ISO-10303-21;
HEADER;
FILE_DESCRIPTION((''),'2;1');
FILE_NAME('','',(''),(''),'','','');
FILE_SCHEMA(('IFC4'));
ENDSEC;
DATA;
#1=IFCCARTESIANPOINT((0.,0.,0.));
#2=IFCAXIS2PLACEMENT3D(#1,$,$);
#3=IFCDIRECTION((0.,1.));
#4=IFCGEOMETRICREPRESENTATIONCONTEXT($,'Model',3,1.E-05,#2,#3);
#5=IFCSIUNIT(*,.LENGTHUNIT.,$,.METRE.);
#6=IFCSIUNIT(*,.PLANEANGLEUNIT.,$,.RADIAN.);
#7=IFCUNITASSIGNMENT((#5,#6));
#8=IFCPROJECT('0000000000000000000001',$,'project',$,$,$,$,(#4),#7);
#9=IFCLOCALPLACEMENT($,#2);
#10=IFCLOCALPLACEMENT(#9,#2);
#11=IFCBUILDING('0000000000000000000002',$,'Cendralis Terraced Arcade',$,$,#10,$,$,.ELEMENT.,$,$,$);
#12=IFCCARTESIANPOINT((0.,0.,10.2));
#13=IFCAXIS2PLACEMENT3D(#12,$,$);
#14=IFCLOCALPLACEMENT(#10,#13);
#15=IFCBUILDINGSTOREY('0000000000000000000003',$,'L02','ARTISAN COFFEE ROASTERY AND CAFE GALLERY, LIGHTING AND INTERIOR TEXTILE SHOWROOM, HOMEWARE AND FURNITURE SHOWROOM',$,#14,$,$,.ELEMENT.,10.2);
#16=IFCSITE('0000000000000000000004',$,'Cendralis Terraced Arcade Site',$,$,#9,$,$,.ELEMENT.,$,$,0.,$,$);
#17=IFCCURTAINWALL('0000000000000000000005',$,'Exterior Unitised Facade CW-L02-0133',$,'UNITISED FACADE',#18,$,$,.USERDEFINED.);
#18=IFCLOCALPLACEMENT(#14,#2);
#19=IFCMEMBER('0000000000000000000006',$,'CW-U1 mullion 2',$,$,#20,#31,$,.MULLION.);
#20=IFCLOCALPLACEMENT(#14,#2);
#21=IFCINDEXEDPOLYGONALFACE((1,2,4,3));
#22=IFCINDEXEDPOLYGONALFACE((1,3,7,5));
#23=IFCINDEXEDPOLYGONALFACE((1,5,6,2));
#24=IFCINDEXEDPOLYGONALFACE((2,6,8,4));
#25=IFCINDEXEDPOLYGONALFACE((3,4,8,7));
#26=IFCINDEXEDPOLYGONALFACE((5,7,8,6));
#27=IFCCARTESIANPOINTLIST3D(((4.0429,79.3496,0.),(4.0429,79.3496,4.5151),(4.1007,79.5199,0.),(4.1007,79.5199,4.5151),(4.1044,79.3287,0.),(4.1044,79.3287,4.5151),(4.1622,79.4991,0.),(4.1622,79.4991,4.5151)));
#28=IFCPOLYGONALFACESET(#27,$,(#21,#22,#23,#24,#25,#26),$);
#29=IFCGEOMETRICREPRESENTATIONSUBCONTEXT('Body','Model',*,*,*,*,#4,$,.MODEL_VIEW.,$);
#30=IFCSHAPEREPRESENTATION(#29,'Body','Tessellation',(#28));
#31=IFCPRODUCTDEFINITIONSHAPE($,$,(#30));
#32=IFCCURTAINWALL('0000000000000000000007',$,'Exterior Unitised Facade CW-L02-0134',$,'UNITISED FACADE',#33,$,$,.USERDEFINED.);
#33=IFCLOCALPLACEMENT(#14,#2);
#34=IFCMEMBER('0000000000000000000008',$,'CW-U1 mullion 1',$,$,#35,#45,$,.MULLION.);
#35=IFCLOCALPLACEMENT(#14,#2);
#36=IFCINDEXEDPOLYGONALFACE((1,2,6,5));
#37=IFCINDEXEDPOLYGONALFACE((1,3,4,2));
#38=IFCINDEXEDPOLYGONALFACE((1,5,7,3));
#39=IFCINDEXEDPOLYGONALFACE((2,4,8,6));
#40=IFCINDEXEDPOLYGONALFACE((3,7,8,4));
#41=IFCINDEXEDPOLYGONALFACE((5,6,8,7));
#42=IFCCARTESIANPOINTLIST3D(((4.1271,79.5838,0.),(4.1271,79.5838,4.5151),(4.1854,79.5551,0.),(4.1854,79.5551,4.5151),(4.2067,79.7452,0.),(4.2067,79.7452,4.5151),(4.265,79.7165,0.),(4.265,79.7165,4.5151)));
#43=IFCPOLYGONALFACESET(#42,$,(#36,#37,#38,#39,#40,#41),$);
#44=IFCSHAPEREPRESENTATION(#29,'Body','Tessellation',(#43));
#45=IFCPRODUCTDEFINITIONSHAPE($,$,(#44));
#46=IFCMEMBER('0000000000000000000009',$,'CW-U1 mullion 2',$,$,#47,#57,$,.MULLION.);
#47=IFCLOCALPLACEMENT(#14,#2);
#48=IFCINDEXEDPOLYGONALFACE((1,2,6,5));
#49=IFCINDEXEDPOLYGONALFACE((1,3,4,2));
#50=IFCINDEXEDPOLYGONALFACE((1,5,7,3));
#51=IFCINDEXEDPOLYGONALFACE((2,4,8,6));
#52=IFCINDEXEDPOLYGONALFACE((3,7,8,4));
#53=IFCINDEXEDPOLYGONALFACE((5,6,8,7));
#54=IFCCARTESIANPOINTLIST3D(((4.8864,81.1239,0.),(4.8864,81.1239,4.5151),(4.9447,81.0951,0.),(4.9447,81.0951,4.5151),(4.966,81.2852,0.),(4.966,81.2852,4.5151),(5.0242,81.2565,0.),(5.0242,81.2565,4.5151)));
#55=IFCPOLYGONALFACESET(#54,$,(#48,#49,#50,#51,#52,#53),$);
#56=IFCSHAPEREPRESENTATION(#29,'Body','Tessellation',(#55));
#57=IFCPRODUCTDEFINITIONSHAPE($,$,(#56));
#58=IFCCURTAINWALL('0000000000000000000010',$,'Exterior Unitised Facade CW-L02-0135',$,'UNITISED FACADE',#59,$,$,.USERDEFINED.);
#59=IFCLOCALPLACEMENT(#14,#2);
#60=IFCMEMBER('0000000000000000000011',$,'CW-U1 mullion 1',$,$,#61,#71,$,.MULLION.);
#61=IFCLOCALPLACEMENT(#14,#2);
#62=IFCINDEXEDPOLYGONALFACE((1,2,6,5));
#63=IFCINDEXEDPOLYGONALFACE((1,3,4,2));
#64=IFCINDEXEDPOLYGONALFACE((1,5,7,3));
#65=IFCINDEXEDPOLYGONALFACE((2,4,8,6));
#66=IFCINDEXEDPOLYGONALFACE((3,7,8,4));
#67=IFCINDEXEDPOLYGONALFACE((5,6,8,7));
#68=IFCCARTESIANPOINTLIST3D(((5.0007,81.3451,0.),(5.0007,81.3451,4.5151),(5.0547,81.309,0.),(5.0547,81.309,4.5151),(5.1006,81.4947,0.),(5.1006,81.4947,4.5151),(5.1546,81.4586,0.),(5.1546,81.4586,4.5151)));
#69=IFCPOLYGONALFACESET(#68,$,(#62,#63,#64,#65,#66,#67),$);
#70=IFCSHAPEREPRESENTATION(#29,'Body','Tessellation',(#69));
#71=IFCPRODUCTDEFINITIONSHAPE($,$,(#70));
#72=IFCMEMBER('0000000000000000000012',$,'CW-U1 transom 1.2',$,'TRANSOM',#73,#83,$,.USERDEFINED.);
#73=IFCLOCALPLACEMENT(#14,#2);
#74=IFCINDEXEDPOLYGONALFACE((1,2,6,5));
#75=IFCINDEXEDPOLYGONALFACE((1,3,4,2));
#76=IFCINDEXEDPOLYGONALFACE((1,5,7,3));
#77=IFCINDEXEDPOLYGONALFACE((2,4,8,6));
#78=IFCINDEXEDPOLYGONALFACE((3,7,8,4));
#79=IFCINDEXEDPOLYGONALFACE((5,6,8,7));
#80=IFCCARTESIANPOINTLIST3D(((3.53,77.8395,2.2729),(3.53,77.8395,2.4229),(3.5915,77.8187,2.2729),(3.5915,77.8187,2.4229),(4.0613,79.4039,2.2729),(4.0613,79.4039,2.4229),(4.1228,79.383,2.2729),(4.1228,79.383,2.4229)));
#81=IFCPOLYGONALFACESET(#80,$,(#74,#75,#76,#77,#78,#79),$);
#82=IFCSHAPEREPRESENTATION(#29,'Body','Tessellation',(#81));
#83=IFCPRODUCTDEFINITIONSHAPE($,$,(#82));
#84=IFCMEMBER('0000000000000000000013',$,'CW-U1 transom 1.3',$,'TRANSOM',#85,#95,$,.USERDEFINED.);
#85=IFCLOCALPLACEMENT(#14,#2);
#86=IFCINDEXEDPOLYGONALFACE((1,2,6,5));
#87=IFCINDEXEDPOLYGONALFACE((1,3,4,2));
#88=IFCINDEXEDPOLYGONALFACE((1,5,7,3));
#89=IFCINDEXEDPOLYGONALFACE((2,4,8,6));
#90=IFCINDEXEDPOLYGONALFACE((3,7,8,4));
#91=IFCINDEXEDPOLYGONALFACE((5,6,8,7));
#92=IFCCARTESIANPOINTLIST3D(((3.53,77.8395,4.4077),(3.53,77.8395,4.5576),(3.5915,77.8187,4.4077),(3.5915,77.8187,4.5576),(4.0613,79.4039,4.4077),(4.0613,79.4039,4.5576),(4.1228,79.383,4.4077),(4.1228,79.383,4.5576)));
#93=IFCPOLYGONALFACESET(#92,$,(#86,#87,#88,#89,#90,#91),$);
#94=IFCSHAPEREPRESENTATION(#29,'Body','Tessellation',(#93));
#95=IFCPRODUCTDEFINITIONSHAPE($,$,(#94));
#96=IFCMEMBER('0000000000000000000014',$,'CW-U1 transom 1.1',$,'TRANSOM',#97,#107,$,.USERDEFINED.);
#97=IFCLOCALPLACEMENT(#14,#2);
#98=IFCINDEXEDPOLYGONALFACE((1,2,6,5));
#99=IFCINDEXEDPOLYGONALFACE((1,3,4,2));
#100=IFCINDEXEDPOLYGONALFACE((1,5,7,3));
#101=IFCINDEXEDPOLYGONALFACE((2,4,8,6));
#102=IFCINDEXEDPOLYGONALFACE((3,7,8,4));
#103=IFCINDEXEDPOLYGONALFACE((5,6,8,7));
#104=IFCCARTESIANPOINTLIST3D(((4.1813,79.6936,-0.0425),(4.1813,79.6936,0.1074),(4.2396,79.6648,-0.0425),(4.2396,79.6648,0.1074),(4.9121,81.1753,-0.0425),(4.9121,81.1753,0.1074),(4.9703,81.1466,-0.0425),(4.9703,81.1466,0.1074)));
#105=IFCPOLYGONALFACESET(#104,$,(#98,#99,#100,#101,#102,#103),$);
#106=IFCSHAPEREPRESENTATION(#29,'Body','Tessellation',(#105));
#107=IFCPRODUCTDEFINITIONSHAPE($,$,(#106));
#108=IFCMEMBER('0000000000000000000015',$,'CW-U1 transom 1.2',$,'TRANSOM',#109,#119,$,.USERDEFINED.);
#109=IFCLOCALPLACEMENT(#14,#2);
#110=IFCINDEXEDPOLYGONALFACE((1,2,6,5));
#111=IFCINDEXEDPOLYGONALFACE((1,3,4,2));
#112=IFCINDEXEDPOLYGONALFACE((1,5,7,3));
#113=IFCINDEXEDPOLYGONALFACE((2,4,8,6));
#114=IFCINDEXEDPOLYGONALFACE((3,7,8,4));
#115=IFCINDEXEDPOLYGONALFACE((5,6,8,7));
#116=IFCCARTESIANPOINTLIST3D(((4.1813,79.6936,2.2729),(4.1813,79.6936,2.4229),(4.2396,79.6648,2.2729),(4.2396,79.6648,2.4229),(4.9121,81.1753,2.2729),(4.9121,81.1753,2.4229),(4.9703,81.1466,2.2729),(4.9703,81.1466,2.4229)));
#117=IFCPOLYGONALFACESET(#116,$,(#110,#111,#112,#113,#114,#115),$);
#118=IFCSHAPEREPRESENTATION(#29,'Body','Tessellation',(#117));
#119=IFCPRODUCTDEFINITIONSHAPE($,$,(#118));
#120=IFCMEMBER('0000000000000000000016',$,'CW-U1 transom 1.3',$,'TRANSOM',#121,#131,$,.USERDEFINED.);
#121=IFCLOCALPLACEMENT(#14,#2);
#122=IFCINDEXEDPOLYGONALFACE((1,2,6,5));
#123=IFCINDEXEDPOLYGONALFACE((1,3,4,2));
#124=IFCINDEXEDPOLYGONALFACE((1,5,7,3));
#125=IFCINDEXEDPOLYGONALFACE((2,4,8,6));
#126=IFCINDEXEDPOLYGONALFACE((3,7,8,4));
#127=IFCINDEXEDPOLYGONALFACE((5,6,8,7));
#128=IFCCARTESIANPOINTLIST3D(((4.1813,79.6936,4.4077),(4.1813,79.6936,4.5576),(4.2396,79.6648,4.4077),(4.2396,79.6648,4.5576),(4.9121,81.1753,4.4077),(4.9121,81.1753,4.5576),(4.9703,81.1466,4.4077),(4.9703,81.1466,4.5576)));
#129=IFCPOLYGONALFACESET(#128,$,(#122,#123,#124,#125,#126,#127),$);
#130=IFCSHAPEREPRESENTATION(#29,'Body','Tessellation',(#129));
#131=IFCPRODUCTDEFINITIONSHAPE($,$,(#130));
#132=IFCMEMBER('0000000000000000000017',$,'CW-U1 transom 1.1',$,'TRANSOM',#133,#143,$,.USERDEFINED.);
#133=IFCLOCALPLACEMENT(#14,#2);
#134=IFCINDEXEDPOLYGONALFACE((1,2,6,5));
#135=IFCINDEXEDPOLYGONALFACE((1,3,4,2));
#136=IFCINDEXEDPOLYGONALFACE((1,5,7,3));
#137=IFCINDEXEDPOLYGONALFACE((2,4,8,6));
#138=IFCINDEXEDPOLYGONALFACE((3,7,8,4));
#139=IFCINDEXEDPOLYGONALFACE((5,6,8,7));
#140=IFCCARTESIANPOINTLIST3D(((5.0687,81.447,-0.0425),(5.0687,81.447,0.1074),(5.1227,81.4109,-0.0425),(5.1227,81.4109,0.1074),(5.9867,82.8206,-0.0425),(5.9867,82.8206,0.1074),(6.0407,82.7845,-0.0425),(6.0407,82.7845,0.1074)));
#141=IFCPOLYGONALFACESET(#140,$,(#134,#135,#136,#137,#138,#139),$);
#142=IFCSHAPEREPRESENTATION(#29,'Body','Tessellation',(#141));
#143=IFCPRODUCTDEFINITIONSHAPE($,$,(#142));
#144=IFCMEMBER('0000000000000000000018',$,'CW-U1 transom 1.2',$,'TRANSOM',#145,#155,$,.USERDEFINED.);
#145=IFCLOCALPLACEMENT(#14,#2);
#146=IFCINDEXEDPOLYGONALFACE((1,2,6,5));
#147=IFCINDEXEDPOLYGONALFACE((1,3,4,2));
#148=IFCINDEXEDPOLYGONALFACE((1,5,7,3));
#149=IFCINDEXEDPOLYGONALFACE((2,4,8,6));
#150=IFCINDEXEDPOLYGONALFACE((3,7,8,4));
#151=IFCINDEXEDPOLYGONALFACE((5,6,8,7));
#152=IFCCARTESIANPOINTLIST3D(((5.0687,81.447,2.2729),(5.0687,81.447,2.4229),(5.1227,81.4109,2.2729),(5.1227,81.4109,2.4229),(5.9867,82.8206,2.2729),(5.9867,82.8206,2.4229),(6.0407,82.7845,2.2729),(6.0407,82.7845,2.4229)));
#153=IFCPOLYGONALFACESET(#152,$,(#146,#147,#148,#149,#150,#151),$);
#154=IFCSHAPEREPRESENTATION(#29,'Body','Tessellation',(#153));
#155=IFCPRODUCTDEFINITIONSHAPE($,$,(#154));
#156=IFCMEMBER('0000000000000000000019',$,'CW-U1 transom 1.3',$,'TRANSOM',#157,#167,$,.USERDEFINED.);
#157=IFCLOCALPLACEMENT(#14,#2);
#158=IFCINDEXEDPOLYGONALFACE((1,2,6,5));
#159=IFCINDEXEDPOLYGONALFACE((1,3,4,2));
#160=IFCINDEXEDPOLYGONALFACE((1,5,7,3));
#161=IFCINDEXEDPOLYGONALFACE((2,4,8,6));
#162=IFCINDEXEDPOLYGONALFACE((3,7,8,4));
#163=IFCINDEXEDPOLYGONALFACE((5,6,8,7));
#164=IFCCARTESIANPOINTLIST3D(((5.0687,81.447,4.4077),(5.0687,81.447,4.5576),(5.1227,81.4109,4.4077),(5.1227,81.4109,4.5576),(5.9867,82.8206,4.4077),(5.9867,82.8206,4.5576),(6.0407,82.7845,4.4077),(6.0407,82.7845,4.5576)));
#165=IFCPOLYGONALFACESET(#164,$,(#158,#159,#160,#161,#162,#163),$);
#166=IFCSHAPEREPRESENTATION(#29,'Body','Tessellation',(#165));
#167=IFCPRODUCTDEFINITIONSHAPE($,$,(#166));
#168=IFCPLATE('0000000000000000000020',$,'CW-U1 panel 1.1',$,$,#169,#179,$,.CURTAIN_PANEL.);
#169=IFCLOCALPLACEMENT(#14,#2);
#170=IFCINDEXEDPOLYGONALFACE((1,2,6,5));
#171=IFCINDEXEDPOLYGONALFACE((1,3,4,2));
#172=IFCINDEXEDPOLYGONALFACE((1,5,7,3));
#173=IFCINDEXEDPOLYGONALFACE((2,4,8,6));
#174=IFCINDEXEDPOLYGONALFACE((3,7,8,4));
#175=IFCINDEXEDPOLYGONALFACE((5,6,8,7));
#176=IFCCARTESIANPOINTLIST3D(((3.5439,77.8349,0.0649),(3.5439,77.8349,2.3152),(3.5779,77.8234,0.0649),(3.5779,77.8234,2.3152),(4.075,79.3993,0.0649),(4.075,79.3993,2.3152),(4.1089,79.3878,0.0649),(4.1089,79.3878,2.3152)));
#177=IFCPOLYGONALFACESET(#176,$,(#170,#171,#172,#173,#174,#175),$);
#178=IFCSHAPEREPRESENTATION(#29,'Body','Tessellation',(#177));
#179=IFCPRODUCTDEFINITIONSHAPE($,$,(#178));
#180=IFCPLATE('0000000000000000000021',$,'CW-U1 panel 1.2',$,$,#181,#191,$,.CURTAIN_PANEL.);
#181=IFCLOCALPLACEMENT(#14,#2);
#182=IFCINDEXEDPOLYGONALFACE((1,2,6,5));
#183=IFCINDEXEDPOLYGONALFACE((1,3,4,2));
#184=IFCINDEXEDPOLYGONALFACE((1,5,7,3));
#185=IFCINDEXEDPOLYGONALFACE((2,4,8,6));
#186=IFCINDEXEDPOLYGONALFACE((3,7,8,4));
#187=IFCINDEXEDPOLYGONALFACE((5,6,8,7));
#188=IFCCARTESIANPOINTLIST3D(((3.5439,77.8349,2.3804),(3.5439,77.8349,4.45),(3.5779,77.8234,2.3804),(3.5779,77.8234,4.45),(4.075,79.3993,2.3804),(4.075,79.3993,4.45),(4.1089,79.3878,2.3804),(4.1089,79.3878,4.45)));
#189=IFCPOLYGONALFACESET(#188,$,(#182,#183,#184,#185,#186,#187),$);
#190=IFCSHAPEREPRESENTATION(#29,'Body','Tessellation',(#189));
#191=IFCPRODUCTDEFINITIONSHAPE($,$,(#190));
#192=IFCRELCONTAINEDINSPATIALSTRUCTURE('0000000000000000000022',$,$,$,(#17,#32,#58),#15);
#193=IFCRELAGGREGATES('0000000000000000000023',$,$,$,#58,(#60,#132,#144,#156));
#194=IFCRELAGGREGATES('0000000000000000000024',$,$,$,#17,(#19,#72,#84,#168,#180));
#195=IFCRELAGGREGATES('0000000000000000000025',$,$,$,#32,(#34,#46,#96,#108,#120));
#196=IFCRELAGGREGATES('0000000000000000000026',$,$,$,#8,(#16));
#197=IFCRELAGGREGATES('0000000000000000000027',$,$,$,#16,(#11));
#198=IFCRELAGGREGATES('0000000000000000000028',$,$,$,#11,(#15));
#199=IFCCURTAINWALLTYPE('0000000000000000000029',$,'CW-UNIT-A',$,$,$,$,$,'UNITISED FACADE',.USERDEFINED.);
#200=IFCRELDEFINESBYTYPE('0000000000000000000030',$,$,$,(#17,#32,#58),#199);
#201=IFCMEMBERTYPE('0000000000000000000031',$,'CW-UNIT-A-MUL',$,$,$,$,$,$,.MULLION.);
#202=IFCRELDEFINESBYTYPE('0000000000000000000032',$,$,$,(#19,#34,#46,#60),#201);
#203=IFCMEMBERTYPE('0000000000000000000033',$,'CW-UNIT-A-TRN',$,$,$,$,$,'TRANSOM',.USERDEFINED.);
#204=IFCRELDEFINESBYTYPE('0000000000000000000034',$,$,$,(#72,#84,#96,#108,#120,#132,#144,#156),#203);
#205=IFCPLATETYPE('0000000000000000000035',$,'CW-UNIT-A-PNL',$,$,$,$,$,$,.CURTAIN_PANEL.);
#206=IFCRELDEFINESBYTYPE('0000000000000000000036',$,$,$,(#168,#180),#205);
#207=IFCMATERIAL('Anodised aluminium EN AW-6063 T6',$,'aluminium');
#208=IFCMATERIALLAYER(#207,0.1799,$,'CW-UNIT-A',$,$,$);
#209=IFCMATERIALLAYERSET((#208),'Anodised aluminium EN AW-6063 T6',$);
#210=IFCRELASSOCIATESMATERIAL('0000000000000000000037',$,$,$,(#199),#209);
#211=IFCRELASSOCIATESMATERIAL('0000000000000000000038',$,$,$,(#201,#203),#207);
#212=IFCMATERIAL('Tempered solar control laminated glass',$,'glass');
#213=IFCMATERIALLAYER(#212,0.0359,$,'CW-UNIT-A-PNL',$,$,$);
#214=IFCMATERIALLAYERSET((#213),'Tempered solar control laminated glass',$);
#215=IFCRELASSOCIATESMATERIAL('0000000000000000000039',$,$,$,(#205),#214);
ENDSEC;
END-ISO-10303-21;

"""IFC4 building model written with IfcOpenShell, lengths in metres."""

from ifc_helpers import new_model, si_unit, direction, frame, origin, origin_2d, place, context, subcontext, project, spatial, rectangle, extrude, material, layer, layer_set, material_profile, profile_set, type_object, element, aggregate, save


model = new_model("IFC4")

# Units and contexts
model_context = context("Model", 3, precision=1e-05, world=origin(), true_north=direction((0.0, 1.0)))
body_context = subcontext(model_context, "Body", "Model", "MODEL_VIEW")
ifc_project = project(units=[si_unit("LENGTHUNIT", "METRE"), si_unit("PLANEANGLEUNIT", "RADIAN")], contexts=[model_context])

# Site, building, storey
site_placement = place(None, origin())
site = spatial("IfcSite", under=ifc_project, at=site_placement, Name="Cendralis Terraced Arcade Site", CompositionType="ELEMENT", RefElevation=0.0)
building_placement = place(site_placement, origin())
building = spatial("IfcBuilding", under=site, at=building_placement, Name="Cendralis Terraced Arcade", CompositionType="ELEMENT")
storey_placement = place(building_placement, frame((0.0, 0.0, 10.2)))
storey = spatial("IfcBuildingStorey", under=building, at=storey_placement, Name="L02", Description="ARTISAN COFFEE ROASTERY AND CAFE GALLERY, LIGHTING AND INTERIOR TEXTILE SHOWROOM, HOMEWARE AND FURNITURE SHOWROOM", CompositionType="ELEMENT", Elevation=10.2)

# Curtain wall, member
ifc_material_1 = material(Name="Anodised aluminium EN AW-6063 T6", Category="aluminium")
ifc_layer_1 = layer(ifc_material_1, 0.1799, Name="CW-UNIT-A")
ifc_layer_set_1 = layer_set([ifc_layer_1], Name="Anodised aluminium EN AW-6063 T6")
curtain_wall_type = type_object("IfcCurtainWallType", Name="CW-UNIT-A", ElementType="UNITISED FACADE", PredefinedType="USERDEFINED", material=ifc_layer_set_1)
curtain_wall_1_placement = place(storey_placement, origin())
curtain_wall_1 = element("IfcCurtainWall", 1, at=curtain_wall_1_placement, inside=storey, type_object=curtain_wall_type, Name="Exterior Unitised Facade CW-L02-0133", ObjectType="UNITISED FACADE", PredefinedType="USERDEFINED")
ifc_material_profile_1 = material_profile(ifc_material_1, rectangle(XDim=0.0649, YDim=0.1799, at=origin_2d()), Name="ALU-MUL-65x180")
ifc_profile_set_1 = profile_set([ifc_material_profile_1], Name="Anodised aluminium EN AW-6063 T6")
member_type_1 = type_object("IfcMemberType", Name="CW-UNIT-A-MUL", PredefinedType="MULLION", material=ifc_profile_set_1)
member_1_placement = place(storey_placement, frame((4.1025, 79.4243, 0.0), z_axis=(0.0, 0.0, 1.0), x_axis=(-0.946924, 0.321458, 0.0)))
member_1 = element("IfcMember", 2, at=member_1_placement, type_object=member_type_1, Name="CW-U1 mullion 2", PredefinedType="MULLION", context=body_context, shape_type="SweptSolid", body=[
    extrude(rectangle(XDim=0.0649, YDim=0.1799, at=origin_2d()), origin(), (0.0, 0.0, 1.0), 4.5151),
])

# Curtain wall, members
curtain_wall_2_placement = place(storey_placement, origin())
curtain_wall_2 = element("IfcCurtainWall", 3, at=curtain_wall_2_placement, inside=storey, type_object=curtain_wall_type, Name="Exterior Unitised Facade CW-L02-0134", ObjectType="UNITISED FACADE", PredefinedType="USERDEFINED")
member_2_placement = place(storey_placement, frame((4.196, 79.6501, 0.0), z_axis=(0.0, 0.0, 1.0), x_axis=(-0.896871, 0.442291, 0.0)))
member_2 = element("IfcMember", 4, at=member_2_placement, type_object=member_type_1, Name="CW-U1 mullion 1", PredefinedType="MULLION", context=body_context, shape_type="SweptSolid", body=[
    extrude(rectangle(XDim=0.0649, YDim=0.1799, at=origin_2d()), origin(), (0.0, 0.0, 1.0), 4.5151),
])
member_3_placement = place(storey_placement, frame((4.9553, 81.1902, 0.0), z_axis=(0.0, 0.0, 1.0), x_axis=(-0.896871, 0.442291, 0.0)))
member_3 = element("IfcMember", 5, at=member_3_placement, type_object=member_type_1, Name="CW-U1 mullion 2", PredefinedType="MULLION", context=body_context, shape_type="SweptSolid", body=[
    extrude(rectangle(XDim=0.0649, YDim=0.1799, at=origin_2d()), origin(), (0.0, 0.0, 1.0), 4.5151),
])

# Curtain wall, member
curtain_wall_3_placement = place(storey_placement, origin())
curtain_wall_3 = element("IfcCurtainWall", 6, at=curtain_wall_3_placement, inside=storey, type_object=curtain_wall_type, Name="Exterior Unitised Facade CW-L02-0135", ObjectType="UNITISED FACADE", PredefinedType="USERDEFINED")
member_4_placement = place(storey_placement, frame((5.0776, 81.4019, 0.0), z_axis=(0.0, 0.0, 1.0), x_axis=(-0.831471, 0.555567, 0.0)))
member_4 = element("IfcMember", 7, at=member_4_placement, type_object=member_type_1, Name="CW-U1 mullion 1", PredefinedType="MULLION", context=body_context, shape_type="SweptSolid", body=[
    extrude(rectangle(XDim=0.0649, YDim=0.1799, at=origin_2d()), origin(), (0.0, 0.0, 1.0), 4.5151),
])

# Members
ifc_material_profile_2 = material_profile(ifc_material_1, rectangle(XDim=0.0649, YDim=0.1499, at=origin_2d()), Name="ALU-TRN-65x150")
ifc_profile_set_2 = profile_set([ifc_material_profile_2], Name="Anodised aluminium EN AW-6063 T6")
member_type_2 = type_object("IfcMemberType", Name="CW-UNIT-A-TRN", ElementType="TRANSOM", PredefinedType="USERDEFINED", material=ifc_profile_set_2)
member_5_placement = place(storey_placement, frame((3.5608, 77.8291, 2.3479), z_axis=(0.321542, 0.946895, 0.0), x_axis=(-0.946895, 0.321542, 0.0)))
member_5 = element("IfcMember", 8, at=member_5_placement, type_object=member_type_2, Name="CW-U1 transom 1.2", ObjectType="TRANSOM", PredefinedType="USERDEFINED", context=body_context, shape_type="SweptSolid", body=[
    extrude(rectangle(XDim=0.0649, YDim=0.1499, at=origin_2d()), origin(), (0.0, 0.0, 1.0), 1.6521),
])
member_6_placement = place(storey_placement, frame((3.5608, 77.8291, 4.4827), z_axis=(0.321542, 0.946895, 0.0), x_axis=(-0.946895, 0.321542, 0.0)))
member_6 = element("IfcMember", 9, at=member_6_placement, type_object=member_type_2, Name="CW-U1 transom 1.3", ObjectType="TRANSOM", PredefinedType="USERDEFINED", context=body_context, shape_type="SweptSolid", body=[
    extrude(rectangle(XDim=0.0649, YDim=0.1499, at=origin_2d()), origin(), (0.0, 0.0, 1.0), 1.6521),
])
member_7_placement = place(storey_placement, frame((4.2104, 79.6792, 0.0325), z_axis=(0.442301, 0.896867, 0.0), x_axis=(-0.896867, 0.442301, 0.0)))
member_7 = element("IfcMember", 10, at=member_7_placement, type_object=member_type_2, Name="CW-U1 transom 1.1", ObjectType="TRANSOM", PredefinedType="USERDEFINED", context=body_context, shape_type="SweptSolid", body=[
    extrude(rectangle(XDim=0.0649, YDim=0.1499, at=origin_2d()), origin(), (0.0, 0.0, 1.0), 1.6521),
])
member_8_placement = place(storey_placement, frame((4.2104, 79.6792, 2.3479), z_axis=(0.442301, 0.896867, 0.0), x_axis=(-0.896867, 0.442301, 0.0)))
member_8 = element("IfcMember", 11, at=member_8_placement, type_object=member_type_2, Name="CW-U1 transom 1.2", ObjectType="TRANSOM", PredefinedType="USERDEFINED", context=body_context, shape_type="SweptSolid", body=[
    extrude(rectangle(XDim=0.0649, YDim=0.1499, at=origin_2d()), origin(), (0.0, 0.0, 1.0), 1.6521),
])
member_9_placement = place(storey_placement, frame((4.2104, 79.6792, 4.4827), z_axis=(0.442301, 0.896867, 0.0), x_axis=(-0.896867, 0.442301, 0.0)))
member_9 = element("IfcMember", 12, at=member_9_placement, type_object=member_type_2, Name="CW-U1 transom 1.3", ObjectType="TRANSOM", PredefinedType="USERDEFINED", context=body_context, shape_type="SweptSolid", body=[
    extrude(rectangle(XDim=0.0649, YDim=0.1499, at=origin_2d()), origin(), (0.0, 0.0, 1.0), 1.6521),
])
member_10_placement = place(storey_placement, frame((5.0957, 81.429, 0.0325), z_axis=(0.555655, 0.831413, 0.0), x_axis=(-0.831413, 0.555655, 0.0)))
member_10 = element("IfcMember", 13, at=member_10_placement, type_object=member_type_2, Name="CW-U1 transom 1.1", ObjectType="TRANSOM", PredefinedType="USERDEFINED", context=body_context, shape_type="SweptSolid", body=[
    extrude(rectangle(XDim=0.0649, YDim=0.1499, at=origin_2d()), origin(), (0.0, 0.0, 1.0), 1.6521),
])
member_11_placement = place(storey_placement, frame((5.0957, 81.429, 2.3479), z_axis=(0.555655, 0.831413, 0.0), x_axis=(-0.831413, 0.555655, 0.0)))
member_11 = element("IfcMember", 14, at=member_11_placement, type_object=member_type_2, Name="CW-U1 transom 1.2", ObjectType="TRANSOM", PredefinedType="USERDEFINED", context=body_context, shape_type="SweptSolid", body=[
    extrude(rectangle(XDim=0.0649, YDim=0.1499, at=origin_2d()), origin(), (0.0, 0.0, 1.0), 1.6521),
])
member_12_placement = place(storey_placement, frame((5.0957, 81.429, 4.4827), z_axis=(0.555655, 0.831413, 0.0), x_axis=(-0.831413, 0.555655, 0.0)))
member_12 = element("IfcMember", 15, at=member_12_placement, type_object=member_type_2, Name="CW-U1 transom 1.3", ObjectType="TRANSOM", PredefinedType="USERDEFINED", context=body_context, shape_type="SweptSolid", body=[
    extrude(rectangle(XDim=0.0649, YDim=0.1499, at=origin_2d()), origin(), (0.0, 0.0, 1.0), 1.6521),
])
aggregate(curtain_wall_3, [member_4, member_10, member_11, member_12])

# Plates
ifc_material_2 = material(Name="Tempered solar control laminated glass", Category="glass")
ifc_layer_2 = layer(ifc_material_2, 0.0359, Name="CW-UNIT-A-PNL")
ifc_layer_set_2 = layer_set([ifc_layer_2], Name="Tempered solar control laminated glass")
plate_type = type_object("IfcPlateType", Name="CW-UNIT-A-PNL", PredefinedType="CURTAIN_PANEL", material=ifc_layer_set_2)
plate_1_placement = place(storey_placement, frame((3.8264, 78.6113, 0.0649), z_axis=(0.0, 0.0, 1.0), x_axis=(0.321458, 0.946924, 0.0)))
plate_1 = element("IfcPlate", 16, at=plate_1_placement, type_object=plate_type, Name="CW-U1 panel 1.1", PredefinedType="CURTAIN_PANEL", context=body_context, shape_type="SweptSolid", body=[
    extrude(rectangle(XDim=1.6521, YDim=0.0359, at=origin_2d()), origin(), (0.0, 0.0, 1.0), 2.2502),
])
plate_2_placement = place(storey_placement, frame((3.8264, 78.6113, 2.3804), z_axis=(0.0, 0.0, 1.0), x_axis=(0.321458, 0.946924, 0.0)))
plate_2 = element("IfcPlate", 17, at=plate_2_placement, type_object=plate_type, Name="CW-U1 panel 1.2", PredefinedType="CURTAIN_PANEL", context=body_context, shape_type="SweptSolid", body=[
    extrude(rectangle(XDim=1.6521, YDim=0.0359, at=origin_2d()), origin(), (0.0, 0.0, 1.0), 2.0696),
])
aggregate(curtain_wall_1, [member_1, member_5, member_6, plate_1, plate_2])
aggregate(curtain_wall_2, [member_2, member_3, member_7, member_8, member_9])

save(model, "model.ifc")
